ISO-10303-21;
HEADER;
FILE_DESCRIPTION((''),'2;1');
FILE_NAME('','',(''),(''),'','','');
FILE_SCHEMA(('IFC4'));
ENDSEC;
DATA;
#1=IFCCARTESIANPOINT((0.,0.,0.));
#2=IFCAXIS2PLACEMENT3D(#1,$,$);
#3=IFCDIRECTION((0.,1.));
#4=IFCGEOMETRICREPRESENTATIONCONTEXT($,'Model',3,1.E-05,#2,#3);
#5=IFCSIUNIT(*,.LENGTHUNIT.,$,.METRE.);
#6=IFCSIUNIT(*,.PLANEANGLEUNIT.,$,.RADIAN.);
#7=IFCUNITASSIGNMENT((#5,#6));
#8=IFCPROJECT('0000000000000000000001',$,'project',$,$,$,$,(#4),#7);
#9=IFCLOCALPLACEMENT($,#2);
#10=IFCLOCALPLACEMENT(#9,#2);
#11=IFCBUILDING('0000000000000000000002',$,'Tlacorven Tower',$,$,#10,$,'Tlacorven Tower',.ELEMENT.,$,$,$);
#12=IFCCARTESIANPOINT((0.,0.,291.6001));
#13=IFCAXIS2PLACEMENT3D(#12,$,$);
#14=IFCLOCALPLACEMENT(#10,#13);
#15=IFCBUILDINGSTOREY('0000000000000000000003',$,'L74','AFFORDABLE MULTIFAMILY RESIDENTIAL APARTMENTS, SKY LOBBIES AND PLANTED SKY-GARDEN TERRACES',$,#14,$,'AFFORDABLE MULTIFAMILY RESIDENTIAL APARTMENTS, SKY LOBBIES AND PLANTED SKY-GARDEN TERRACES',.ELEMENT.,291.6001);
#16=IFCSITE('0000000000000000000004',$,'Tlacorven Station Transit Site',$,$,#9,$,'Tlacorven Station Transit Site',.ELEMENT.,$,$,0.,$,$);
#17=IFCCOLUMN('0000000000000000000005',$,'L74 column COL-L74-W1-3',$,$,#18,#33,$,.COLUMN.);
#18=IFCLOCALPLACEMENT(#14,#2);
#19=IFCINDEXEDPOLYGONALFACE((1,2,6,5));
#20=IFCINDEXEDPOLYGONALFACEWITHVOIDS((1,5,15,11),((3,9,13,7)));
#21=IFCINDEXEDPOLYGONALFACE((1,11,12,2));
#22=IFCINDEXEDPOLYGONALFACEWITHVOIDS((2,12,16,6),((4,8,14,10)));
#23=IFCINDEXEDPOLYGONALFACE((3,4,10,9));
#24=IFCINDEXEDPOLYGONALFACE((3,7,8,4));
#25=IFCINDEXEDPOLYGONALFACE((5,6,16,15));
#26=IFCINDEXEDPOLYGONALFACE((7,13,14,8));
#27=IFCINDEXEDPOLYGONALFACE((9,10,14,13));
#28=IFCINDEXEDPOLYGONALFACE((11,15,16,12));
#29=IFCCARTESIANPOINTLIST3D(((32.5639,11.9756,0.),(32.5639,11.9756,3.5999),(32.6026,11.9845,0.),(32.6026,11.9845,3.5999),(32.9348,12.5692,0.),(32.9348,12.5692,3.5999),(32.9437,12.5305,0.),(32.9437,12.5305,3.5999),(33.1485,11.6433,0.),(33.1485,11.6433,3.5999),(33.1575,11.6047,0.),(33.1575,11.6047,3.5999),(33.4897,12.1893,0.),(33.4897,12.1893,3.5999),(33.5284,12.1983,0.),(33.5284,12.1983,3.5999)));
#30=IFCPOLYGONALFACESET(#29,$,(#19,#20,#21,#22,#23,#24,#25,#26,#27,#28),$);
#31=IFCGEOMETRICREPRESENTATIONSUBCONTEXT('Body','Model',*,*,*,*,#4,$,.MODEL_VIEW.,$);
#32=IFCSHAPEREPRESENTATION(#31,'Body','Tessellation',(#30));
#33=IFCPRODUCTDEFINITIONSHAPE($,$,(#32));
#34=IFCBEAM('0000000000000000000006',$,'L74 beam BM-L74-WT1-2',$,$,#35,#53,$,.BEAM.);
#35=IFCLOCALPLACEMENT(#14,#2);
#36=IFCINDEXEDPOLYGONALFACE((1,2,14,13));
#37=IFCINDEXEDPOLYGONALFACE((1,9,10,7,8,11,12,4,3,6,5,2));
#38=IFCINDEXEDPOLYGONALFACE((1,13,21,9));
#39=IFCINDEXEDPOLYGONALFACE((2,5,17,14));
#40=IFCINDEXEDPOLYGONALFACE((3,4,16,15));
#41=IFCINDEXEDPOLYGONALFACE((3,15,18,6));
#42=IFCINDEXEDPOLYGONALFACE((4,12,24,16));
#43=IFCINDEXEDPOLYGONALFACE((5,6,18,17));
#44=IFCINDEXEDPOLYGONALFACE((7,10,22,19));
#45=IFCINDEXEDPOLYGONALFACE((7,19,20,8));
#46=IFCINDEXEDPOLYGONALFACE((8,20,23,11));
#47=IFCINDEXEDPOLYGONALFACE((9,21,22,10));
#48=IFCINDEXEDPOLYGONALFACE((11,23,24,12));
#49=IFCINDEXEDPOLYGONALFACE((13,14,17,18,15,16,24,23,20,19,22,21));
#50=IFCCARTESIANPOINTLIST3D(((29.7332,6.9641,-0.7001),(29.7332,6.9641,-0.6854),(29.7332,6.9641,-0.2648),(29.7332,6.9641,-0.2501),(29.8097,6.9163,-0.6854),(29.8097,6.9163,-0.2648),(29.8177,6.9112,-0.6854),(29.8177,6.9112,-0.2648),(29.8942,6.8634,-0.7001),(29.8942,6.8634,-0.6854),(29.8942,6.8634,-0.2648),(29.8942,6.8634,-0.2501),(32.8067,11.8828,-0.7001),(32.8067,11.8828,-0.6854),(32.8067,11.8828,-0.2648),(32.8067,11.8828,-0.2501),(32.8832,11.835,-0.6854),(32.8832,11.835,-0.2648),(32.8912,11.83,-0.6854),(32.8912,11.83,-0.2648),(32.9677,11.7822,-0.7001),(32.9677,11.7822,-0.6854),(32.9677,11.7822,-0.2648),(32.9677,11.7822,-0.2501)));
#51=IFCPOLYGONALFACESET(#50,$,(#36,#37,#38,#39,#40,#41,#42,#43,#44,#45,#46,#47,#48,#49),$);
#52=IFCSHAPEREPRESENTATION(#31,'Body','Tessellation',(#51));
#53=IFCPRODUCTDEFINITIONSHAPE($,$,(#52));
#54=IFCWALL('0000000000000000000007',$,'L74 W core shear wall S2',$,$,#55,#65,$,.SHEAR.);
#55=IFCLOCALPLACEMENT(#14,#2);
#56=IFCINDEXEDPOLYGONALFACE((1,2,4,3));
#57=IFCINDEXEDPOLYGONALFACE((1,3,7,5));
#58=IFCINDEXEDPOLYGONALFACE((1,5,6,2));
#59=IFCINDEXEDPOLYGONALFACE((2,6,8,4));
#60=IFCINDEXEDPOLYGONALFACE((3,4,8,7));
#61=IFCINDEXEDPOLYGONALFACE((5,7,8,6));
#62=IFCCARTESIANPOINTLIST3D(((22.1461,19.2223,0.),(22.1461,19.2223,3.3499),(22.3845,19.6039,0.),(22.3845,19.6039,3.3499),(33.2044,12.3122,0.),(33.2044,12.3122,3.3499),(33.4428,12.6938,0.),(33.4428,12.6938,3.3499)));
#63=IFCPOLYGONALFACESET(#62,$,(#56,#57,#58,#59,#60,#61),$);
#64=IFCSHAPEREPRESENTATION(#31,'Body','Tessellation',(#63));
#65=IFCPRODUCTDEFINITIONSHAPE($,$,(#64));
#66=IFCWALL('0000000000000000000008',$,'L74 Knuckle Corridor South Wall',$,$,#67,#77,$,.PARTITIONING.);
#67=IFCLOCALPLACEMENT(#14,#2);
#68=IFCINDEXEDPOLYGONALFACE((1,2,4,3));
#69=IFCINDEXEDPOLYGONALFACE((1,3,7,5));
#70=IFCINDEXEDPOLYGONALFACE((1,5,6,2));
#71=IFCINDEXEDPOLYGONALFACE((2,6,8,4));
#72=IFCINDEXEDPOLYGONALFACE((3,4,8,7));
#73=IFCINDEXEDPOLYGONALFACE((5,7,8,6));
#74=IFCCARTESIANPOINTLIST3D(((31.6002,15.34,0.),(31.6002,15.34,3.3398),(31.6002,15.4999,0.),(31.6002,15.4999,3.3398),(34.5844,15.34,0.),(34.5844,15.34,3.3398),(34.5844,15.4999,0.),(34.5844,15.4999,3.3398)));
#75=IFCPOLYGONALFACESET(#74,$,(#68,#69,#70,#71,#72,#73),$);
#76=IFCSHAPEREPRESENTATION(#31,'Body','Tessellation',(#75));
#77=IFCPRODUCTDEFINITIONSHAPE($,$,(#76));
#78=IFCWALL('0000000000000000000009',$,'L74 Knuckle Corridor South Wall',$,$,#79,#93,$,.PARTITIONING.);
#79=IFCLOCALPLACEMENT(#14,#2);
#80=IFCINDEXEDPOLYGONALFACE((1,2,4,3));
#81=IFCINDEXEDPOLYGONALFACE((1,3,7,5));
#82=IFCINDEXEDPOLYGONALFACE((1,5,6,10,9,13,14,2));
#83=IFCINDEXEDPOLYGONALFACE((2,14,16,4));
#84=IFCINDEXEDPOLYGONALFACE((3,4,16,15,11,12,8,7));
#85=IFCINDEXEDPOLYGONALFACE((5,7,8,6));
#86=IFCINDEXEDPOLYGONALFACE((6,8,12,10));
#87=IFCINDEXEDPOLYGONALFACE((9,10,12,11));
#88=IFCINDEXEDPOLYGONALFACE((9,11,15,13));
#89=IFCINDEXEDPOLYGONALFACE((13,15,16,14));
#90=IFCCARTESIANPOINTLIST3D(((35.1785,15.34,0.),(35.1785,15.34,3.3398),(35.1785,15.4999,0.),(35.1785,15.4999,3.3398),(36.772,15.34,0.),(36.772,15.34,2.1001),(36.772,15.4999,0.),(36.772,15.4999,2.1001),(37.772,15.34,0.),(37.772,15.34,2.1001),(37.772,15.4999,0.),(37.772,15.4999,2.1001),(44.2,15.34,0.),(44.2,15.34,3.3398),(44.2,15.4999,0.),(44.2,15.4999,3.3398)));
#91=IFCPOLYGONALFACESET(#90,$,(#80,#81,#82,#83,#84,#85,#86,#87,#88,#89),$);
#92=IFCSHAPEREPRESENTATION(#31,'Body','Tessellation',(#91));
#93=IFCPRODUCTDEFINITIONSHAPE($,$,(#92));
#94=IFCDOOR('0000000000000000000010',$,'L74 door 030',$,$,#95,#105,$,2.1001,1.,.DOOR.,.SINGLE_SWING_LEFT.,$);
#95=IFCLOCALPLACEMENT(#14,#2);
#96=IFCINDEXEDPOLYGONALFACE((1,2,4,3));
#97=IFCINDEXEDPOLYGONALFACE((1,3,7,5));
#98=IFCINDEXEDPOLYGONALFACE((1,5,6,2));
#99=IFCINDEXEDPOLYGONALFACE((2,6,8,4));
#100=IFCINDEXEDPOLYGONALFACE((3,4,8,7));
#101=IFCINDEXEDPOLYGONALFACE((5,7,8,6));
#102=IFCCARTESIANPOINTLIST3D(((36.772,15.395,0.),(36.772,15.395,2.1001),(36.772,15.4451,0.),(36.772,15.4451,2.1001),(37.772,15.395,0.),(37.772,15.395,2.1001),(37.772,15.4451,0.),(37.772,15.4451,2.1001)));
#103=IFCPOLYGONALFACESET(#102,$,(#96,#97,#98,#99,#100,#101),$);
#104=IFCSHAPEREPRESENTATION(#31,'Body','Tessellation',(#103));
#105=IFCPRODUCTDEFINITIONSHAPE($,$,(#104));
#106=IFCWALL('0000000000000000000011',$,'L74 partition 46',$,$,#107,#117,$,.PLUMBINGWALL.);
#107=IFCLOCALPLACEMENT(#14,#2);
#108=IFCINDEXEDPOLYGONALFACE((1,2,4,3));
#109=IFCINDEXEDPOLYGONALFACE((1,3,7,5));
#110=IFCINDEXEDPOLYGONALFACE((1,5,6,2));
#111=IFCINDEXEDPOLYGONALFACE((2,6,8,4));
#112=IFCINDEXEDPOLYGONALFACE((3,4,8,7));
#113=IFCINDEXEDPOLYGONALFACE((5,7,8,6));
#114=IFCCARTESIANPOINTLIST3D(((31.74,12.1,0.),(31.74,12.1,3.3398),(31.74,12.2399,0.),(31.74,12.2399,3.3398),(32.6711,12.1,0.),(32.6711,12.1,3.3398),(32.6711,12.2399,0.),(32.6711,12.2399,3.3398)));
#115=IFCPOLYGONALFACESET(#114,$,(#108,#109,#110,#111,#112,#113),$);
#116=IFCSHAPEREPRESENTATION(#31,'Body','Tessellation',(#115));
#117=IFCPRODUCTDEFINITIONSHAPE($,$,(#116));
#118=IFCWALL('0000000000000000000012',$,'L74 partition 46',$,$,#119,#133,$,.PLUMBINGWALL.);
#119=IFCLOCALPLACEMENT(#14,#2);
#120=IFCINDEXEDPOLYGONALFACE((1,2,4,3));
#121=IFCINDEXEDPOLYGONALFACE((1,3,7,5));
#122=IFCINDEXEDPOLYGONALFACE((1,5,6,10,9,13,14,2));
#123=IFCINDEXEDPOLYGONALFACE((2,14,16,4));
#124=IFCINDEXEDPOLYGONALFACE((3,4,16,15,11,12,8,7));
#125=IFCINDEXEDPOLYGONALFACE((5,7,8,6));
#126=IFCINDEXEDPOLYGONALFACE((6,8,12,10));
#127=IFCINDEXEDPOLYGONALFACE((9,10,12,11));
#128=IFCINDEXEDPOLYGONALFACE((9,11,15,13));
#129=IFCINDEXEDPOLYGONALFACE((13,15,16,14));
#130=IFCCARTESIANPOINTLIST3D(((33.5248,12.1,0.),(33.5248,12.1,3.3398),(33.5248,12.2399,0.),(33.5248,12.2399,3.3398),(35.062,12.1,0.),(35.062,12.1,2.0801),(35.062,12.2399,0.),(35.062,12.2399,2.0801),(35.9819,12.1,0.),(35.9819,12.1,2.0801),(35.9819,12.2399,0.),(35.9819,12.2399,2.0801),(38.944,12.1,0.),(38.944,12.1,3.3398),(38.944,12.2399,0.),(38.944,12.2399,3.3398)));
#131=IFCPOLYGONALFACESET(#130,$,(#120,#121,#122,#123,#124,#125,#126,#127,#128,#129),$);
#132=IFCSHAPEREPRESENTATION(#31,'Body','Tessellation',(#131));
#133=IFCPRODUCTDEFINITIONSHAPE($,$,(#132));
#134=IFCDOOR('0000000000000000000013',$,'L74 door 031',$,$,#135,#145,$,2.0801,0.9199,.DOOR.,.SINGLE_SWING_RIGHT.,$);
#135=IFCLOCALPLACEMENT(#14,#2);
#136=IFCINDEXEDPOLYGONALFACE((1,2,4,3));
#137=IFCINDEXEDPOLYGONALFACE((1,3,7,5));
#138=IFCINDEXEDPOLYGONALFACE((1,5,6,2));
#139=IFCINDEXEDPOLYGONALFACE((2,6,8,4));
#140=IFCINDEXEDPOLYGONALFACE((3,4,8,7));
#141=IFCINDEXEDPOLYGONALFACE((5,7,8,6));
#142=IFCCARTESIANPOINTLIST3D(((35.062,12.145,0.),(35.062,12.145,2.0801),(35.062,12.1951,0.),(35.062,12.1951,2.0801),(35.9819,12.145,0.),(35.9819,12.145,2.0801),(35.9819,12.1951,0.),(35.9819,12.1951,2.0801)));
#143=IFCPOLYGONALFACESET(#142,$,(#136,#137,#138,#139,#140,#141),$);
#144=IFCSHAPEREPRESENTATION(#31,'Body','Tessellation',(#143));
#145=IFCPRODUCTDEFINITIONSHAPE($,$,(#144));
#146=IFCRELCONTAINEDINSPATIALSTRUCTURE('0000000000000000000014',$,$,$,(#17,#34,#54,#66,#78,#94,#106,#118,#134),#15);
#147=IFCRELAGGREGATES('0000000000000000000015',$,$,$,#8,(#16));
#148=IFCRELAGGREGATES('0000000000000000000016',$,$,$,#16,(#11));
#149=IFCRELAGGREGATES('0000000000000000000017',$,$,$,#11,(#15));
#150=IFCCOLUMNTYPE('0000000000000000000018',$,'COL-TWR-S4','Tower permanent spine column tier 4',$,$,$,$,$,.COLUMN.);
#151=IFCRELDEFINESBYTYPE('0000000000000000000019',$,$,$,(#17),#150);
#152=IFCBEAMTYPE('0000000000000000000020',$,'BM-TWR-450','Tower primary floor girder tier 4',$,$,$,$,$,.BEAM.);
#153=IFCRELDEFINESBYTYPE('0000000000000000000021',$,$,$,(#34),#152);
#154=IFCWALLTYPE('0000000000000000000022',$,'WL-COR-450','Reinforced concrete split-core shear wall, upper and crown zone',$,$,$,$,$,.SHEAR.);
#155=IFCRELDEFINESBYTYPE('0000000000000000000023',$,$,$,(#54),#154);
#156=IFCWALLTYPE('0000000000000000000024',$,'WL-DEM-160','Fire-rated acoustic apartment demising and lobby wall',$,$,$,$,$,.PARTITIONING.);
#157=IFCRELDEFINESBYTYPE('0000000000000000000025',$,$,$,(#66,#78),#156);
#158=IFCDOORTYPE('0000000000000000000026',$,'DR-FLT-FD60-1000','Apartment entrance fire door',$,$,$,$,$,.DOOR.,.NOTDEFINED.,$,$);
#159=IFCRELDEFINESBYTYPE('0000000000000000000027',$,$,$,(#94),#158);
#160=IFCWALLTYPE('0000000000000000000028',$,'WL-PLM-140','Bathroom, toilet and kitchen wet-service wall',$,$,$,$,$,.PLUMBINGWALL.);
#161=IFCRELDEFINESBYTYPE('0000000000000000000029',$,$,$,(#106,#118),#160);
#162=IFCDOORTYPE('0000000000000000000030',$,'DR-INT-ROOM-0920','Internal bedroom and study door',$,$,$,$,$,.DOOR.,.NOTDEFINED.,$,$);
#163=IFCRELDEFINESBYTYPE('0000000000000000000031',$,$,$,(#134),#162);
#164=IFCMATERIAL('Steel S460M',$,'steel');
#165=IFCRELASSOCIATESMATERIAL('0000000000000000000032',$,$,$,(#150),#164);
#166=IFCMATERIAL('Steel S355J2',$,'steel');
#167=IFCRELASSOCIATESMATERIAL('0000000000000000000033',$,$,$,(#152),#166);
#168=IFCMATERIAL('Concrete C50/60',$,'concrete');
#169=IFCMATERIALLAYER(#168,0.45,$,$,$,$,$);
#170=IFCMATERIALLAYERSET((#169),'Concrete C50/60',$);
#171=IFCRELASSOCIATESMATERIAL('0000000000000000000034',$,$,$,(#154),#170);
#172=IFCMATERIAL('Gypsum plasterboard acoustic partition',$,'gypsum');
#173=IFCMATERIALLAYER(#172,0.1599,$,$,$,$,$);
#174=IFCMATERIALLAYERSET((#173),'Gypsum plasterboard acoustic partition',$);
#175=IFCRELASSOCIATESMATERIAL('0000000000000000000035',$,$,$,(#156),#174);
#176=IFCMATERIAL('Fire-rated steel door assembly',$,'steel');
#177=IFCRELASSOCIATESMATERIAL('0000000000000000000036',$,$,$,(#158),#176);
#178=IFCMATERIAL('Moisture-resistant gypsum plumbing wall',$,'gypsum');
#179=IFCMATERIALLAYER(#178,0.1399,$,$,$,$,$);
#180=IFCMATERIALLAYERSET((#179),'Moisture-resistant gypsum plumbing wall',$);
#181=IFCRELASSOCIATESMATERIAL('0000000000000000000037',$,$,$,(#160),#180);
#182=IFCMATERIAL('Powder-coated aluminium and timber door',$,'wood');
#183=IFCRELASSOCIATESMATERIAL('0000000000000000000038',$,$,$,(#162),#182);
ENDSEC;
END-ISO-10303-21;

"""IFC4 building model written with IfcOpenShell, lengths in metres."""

from ifc_helpers import new_model, si_unit, direction, frame, frame_2d, origin, origin_2d, place, context, subcontext, project, spatial, rectangle, hollow_rectangle, i_section, extrude, source, transform, mapped, material, layer, layer_set, material_profile, profile_set, type_object, element, fill, save


model = new_model("IFC4")

# Units and contexts
model_context = context("Model", 3, precision=1e-05, world=origin(), true_north=direction((0.0, 1.0)))
body_context = subcontext(model_context, "Body", "Model", "MODEL_VIEW")
ifc_project = project(units=[si_unit("LENGTHUNIT", "METRE"), si_unit("PLANEANGLEUNIT", "RADIAN")], contexts=[model_context])

# Site, building, storey
site_placement = place(None, origin())
site = spatial("IfcSite", under=ifc_project, at=site_placement, Name="Tlacorven Station Transit Site", LongName="Tlacorven Station Transit Site", CompositionType="ELEMENT", RefElevation=0.0)
building_placement = place(site_placement, origin())
building = spatial("IfcBuilding", under=site, at=building_placement, Name="Tlacorven Tower", LongName="Tlacorven Tower", CompositionType="ELEMENT")
storey_placement = place(building_placement, frame((0.0, 0.0, 291.6001)))
storey = spatial("IfcBuildingStorey", under=building, at=storey_placement, Name="L74", Description="AFFORDABLE MULTIFAMILY RESIDENTIAL APARTMENTS, SKY LOBBIES AND PLANTED SKY-GARDEN TERRACES", LongName="AFFORDABLE MULTIFAMILY RESIDENTIAL APARTMENTS, SKY LOBBIES AND PLANTED SKY-GARDEN TERRACES", CompositionType="ELEMENT", Elevation=291.6001)

# Column
ifc_material_1 = material(Name="Steel S460M", Category="steel")
ifc_material_profile_1 = material_profile(ifc_material_1, hollow_rectangle(XDim=0.7, YDim=0.7, WallThickness=0.0281, at=origin_2d()), Name="BOX 700X700X28")
ifc_profile_set_1 = profile_set([ifc_material_profile_1], Name="Steel S460M")
column_type = type_object("IfcColumnType", Name="COL-TWR-S4", Description="Tower permanent spine column tier 4", PredefinedType="COLUMN", material=ifc_profile_set_1)
shared_shape_1 = source(origin(), body_context, "Body", "SweptSolid", [
    extrude(hollow_rectangle(XDim=0.7, YDim=0.7, WallThickness=0.0281, at=origin_2d()), origin(), (0.0, 0.0, 1.0), 3.5999),
])
column_placement = place(storey_placement, frame((33.0461, 12.0869, 0.0), z_axis=(0.0, 0.0, 1.0), x_axis=(-0.848048, 0.529919, 0.0)))
element("IfcColumn", 1, at=column_placement, inside=storey, type_object=column_type, Name="L74 column COL-L74-W1-3", PredefinedType="COLUMN", context=body_context, shape_type="MappedRepresentation", body=[
    mapped(shared_shape_1, transform((0.0, 0.0, 0.0), scale=1.0)),
])

# Beam
ifc_material_2 = material(Name="Steel S355J2", Category="steel")
ifc_material_profile_2 = material_profile(ifc_material_2, i_section(OverallWidth=0.1899, OverallDepth=0.45, WebThickness=0.0095, FlangeThickness=0.0146, at=origin_2d()), Name="IPE 450")
ifc_profile_set_2 = profile_set([ifc_material_profile_2], Name="Steel S355J2")
beam_type = type_object("IfcBeamType", Name="BM-TWR-450", Description="Tower primary floor girder tier 4", PredefinedType="BEAM", material=ifc_profile_set_2)
shared_shape_2 = source(origin(), body_context, "Body", "SweptSolid", [
    extrude(i_section(OverallWidth=0.1899, OverallDepth=0.45, WebThickness=0.0095, FlangeThickness=0.0146, at=origin_2d()), origin(), (0.0, 0.0, 1.0), 5.8),
])
beam_placement = place(storey_placement, frame((32.8872, 11.8325, -0.4751), z_axis=(-0.529912, -0.848053, 0.0), x_axis=(0.848053, -0.529912, 0.0)))
element("IfcBeam", 2, at=beam_placement, inside=storey, type_object=beam_type, Name="L74 beam BM-L74-WT1-2", PredefinedType="BEAM", context=body_context, shape_type="MappedRepresentation", body=[
    mapped(shared_shape_2, transform((0.0, 0.0, 0.0), scale=1.0)),
])

# Walls
ifc_material_3 = material(Name="Concrete C50/60", Category="concrete")
ifc_layer_1 = layer(ifc_material_3, 0.45)
ifc_layer_set_1 = layer_set([ifc_layer_1], Name="Concrete C50/60")
wall_type_1 = type_object("IfcWallType", Name="WL-COR-450", Description="Reinforced concrete split-core shear wall, upper and crown zone", PredefinedType="SHEAR", material=ifc_layer_set_1)
wall_1_placement = place(storey_placement, frame((33.3237, 12.5029, 0.0), z_axis=(0.0, 0.0, 1.0), x_axis=(-0.848044, 0.529927, 0.0)))
element("IfcWall", 3, at=wall_1_placement, inside=storey, type_object=wall_type_1, Name="L74 W core shear wall S2", PredefinedType="SHEAR", context=body_context, shape_type="SweptSolid", body=[
    extrude(rectangle(XDim=13.0398, YDim=0.45, at=frame_2d((6.52, 0.0))), origin(), (0.0, 0.0, 1.0), 3.3499),
])
ifc_material_4 = material(Name="Gypsum plasterboard acoustic partition", Category="gypsum")
ifc_layer_2 = layer(ifc_material_4, 0.1599)
ifc_layer_set_2 = layer_set([ifc_layer_2], Name="Gypsum plasterboard acoustic partition")
wall_type_2 = type_object("IfcWallType", Name="WL-DEM-160", Description="Fire-rated acoustic apartment demising and lobby wall", PredefinedType="PARTITIONING", material=ifc_layer_set_2)
wall_2_placement = place(storey_placement, frame((31.6001, 15.4199, 0.0), z_axis=(0.0, 0.0, 1.0), x_axis=(1.0, 0.0, 0.0)))
element("IfcWall", 4, at=wall_2_placement, inside=storey, type_object=wall_type_2, Name="L74 Knuckle Corridor South Wall", PredefinedType="PARTITIONING", context=body_context, shape_type="SweptSolid", body=[
    extrude(rectangle(XDim=2.9841, YDim=0.1599, at=frame_2d((1.4922, 0.0))), origin(), (0.0, 0.0, 1.0), 3.3398),
])

# Wall, opening, door
wall_3_placement = place(storey_placement, frame((35.1785, 15.4199, 0.0), z_axis=(0.0, 0.0, 1.0), x_axis=(1.0, 0.0, 0.0)))
wall_3 = element("IfcWall", 5, at=wall_3_placement, inside=storey, type_object=wall_type_2, Name="L74 Knuckle Corridor South Wall", PredefinedType="PARTITIONING", context=body_context, shape_type="SweptSolid", body=[
    extrude(rectangle(XDim=9.0215, YDim=0.1599, at=frame_2d((4.5107, 0.0))), origin(), (0.0, 0.0, 1.0), 3.3398),
])
opening_1_placement = place(wall_3_placement, frame((1.5935, 0.0, 0.0)))
opening_1 = element("IfcOpeningElement", 6, at=opening_1_placement, cuts=wall_3, PredefinedType="OPENING", context=body_context, shape_type="SweptSolid", body=[
    extrude(rectangle(XDim=1.0, YDim=2.1001, at=frame_2d((0.5, 1.05))), frame((0.0, 0.0898, 0.0), z_axis=(0.0, -1.0, 0.0), x_axis=(1.0, 0.0, 0.0)), (0.0, 0.0, 1.0), 0.1799),
])
ifc_material_5 = material(Name="Fire-rated steel door assembly", Category="steel")
door_type_1 = type_object("IfcDoorType", Name="DR-FLT-FD60-1000", Description="Apartment entrance fire door", OperationType="NOTDEFINED", PredefinedType="DOOR", material=ifc_material_5)
shared_shape_3 = source(origin(), body_context, "Body", "SweptSolid", [
    extrude(rectangle(XDim=1.0, YDim=2.1001, at=frame_2d((0.5, 1.05))), frame((0.0, 0.0249, 0.0), z_axis=(0.0, -1.0, 0.0), x_axis=(1.0, 0.0, 0.0)), (0.0, 0.0, 1.0), 0.05),
])
door_1_placement = place(opening_1_placement, frame((1.0, 0.0, 0.0), z_axis=(0.0, 0.0, 1.0), x_axis=(-1.0, 0.0, 0.0)))
door_1 = element("IfcDoor", 7, at=door_1_placement, inside=storey, type_object=door_type_1, Name="L74 door 030", OperationType="SINGLE_SWING_LEFT", OverallHeight=2.1001, OverallWidth=1.0, PredefinedType="DOOR", context=body_context, shape_type="MappedRepresentation", body=[
    mapped(shared_shape_3, transform((0.0, 0.0, 0.0), scale=1.0)),
])
fill(opening_1, door_1)

# Wall
ifc_material_6 = material(Name="Moisture-resistant gypsum plumbing wall", Category="gypsum")
ifc_layer_3 = layer(ifc_material_6, 0.1399)
ifc_layer_set_3 = layer_set([ifc_layer_3], Name="Moisture-resistant gypsum plumbing wall")
wall_type_3 = type_object("IfcWallType", Name="WL-PLM-140", Description="Bathroom, toilet and kitchen wet-service wall", PredefinedType="PLUMBINGWALL", material=ifc_layer_set_3)
wall_4_placement = place(storey_placement, frame((31.74, 12.1699, 0.0), z_axis=(0.0, 0.0, 1.0), x_axis=(1.0, 0.0, 0.0)))
element("IfcWall", 8, at=wall_4_placement, inside=storey, type_object=wall_type_3, Name="L74 partition 46", PredefinedType="PLUMBINGWALL", context=body_context, shape_type="SweptSolid", body=[
    extrude(rectangle(XDim=0.9312, YDim=0.1399, at=frame_2d((0.4656, 0.0))), origin(), (0.0, 0.0, 1.0), 3.3398),
])

# Wall, opening, door
wall_5_placement = place(storey_placement, frame((33.5249, 12.1699, 0.0), z_axis=(0.0, 0.0, 1.0), x_axis=(1.0, 0.0, 0.0)))
wall_5 = element("IfcWall", 9, at=wall_5_placement, inside=storey, type_object=wall_type_3, Name="L74 partition 46", PredefinedType="PLUMBINGWALL", context=body_context, shape_type="SweptSolid", body=[
    extrude(rectangle(XDim=5.4192, YDim=0.1399, at=frame_2d((2.7095, 0.0))), origin(), (0.0, 0.0, 1.0), 3.3398),
])
opening_2_placement = place(wall_5_placement, frame((1.5371, 0.0, 0.0)))
opening_2 = element("IfcOpeningElement", 10, at=opening_2_placement, cuts=wall_5, PredefinedType="OPENING", context=body_context, shape_type="SweptSolid", body=[
    extrude(rectangle(XDim=0.9199, YDim=2.0801, at=frame_2d((0.46, 1.04))), frame((0.0, 0.0801, 0.0), z_axis=(0.0, -1.0, 0.0), x_axis=(1.0, 0.0, 0.0)), (0.0, 0.0, 1.0), 0.1599),
])
ifc_material_7 = material(Name="Powder-coated aluminium and timber door", Category="wood")
door_type_2 = type_object("IfcDoorType", Name="DR-INT-ROOM-0920", Description="Internal bedroom and study door", OperationType="NOTDEFINED", PredefinedType="DOOR", material=ifc_material_7)
shared_shape_4 = source(origin(), body_context, "Body", "SweptSolid", [
    extrude(rectangle(XDim=0.9199, YDim=2.0801, at=frame_2d((0.46, 1.04))), frame((0.0, 0.0249, 0.0), z_axis=(0.0, -1.0, 0.0), x_axis=(1.0, 0.0, 0.0)), (0.0, 0.0, 1.0), 0.05),
])
door_2_placement = place(opening_2_placement, frame((0.9199, 0.0, 0.0), z_axis=(0.0, 0.0, 1.0), x_axis=(-1.0, 0.0, 0.0)))
door_2 = element("IfcDoor", 11, at=door_2_placement, inside=storey, type_object=door_type_2, Name="L74 door 031", OperationType="SINGLE_SWING_RIGHT", OverallHeight=2.0801, OverallWidth=0.9199, PredefinedType="DOOR", context=body_context, shape_type="MappedRepresentation", body=[
    mapped(shared_shape_4, transform((0.0, 0.0, 0.0), scale=1.0)),
])
fill(opening_2, door_2)

save(model, "model.ifc")
